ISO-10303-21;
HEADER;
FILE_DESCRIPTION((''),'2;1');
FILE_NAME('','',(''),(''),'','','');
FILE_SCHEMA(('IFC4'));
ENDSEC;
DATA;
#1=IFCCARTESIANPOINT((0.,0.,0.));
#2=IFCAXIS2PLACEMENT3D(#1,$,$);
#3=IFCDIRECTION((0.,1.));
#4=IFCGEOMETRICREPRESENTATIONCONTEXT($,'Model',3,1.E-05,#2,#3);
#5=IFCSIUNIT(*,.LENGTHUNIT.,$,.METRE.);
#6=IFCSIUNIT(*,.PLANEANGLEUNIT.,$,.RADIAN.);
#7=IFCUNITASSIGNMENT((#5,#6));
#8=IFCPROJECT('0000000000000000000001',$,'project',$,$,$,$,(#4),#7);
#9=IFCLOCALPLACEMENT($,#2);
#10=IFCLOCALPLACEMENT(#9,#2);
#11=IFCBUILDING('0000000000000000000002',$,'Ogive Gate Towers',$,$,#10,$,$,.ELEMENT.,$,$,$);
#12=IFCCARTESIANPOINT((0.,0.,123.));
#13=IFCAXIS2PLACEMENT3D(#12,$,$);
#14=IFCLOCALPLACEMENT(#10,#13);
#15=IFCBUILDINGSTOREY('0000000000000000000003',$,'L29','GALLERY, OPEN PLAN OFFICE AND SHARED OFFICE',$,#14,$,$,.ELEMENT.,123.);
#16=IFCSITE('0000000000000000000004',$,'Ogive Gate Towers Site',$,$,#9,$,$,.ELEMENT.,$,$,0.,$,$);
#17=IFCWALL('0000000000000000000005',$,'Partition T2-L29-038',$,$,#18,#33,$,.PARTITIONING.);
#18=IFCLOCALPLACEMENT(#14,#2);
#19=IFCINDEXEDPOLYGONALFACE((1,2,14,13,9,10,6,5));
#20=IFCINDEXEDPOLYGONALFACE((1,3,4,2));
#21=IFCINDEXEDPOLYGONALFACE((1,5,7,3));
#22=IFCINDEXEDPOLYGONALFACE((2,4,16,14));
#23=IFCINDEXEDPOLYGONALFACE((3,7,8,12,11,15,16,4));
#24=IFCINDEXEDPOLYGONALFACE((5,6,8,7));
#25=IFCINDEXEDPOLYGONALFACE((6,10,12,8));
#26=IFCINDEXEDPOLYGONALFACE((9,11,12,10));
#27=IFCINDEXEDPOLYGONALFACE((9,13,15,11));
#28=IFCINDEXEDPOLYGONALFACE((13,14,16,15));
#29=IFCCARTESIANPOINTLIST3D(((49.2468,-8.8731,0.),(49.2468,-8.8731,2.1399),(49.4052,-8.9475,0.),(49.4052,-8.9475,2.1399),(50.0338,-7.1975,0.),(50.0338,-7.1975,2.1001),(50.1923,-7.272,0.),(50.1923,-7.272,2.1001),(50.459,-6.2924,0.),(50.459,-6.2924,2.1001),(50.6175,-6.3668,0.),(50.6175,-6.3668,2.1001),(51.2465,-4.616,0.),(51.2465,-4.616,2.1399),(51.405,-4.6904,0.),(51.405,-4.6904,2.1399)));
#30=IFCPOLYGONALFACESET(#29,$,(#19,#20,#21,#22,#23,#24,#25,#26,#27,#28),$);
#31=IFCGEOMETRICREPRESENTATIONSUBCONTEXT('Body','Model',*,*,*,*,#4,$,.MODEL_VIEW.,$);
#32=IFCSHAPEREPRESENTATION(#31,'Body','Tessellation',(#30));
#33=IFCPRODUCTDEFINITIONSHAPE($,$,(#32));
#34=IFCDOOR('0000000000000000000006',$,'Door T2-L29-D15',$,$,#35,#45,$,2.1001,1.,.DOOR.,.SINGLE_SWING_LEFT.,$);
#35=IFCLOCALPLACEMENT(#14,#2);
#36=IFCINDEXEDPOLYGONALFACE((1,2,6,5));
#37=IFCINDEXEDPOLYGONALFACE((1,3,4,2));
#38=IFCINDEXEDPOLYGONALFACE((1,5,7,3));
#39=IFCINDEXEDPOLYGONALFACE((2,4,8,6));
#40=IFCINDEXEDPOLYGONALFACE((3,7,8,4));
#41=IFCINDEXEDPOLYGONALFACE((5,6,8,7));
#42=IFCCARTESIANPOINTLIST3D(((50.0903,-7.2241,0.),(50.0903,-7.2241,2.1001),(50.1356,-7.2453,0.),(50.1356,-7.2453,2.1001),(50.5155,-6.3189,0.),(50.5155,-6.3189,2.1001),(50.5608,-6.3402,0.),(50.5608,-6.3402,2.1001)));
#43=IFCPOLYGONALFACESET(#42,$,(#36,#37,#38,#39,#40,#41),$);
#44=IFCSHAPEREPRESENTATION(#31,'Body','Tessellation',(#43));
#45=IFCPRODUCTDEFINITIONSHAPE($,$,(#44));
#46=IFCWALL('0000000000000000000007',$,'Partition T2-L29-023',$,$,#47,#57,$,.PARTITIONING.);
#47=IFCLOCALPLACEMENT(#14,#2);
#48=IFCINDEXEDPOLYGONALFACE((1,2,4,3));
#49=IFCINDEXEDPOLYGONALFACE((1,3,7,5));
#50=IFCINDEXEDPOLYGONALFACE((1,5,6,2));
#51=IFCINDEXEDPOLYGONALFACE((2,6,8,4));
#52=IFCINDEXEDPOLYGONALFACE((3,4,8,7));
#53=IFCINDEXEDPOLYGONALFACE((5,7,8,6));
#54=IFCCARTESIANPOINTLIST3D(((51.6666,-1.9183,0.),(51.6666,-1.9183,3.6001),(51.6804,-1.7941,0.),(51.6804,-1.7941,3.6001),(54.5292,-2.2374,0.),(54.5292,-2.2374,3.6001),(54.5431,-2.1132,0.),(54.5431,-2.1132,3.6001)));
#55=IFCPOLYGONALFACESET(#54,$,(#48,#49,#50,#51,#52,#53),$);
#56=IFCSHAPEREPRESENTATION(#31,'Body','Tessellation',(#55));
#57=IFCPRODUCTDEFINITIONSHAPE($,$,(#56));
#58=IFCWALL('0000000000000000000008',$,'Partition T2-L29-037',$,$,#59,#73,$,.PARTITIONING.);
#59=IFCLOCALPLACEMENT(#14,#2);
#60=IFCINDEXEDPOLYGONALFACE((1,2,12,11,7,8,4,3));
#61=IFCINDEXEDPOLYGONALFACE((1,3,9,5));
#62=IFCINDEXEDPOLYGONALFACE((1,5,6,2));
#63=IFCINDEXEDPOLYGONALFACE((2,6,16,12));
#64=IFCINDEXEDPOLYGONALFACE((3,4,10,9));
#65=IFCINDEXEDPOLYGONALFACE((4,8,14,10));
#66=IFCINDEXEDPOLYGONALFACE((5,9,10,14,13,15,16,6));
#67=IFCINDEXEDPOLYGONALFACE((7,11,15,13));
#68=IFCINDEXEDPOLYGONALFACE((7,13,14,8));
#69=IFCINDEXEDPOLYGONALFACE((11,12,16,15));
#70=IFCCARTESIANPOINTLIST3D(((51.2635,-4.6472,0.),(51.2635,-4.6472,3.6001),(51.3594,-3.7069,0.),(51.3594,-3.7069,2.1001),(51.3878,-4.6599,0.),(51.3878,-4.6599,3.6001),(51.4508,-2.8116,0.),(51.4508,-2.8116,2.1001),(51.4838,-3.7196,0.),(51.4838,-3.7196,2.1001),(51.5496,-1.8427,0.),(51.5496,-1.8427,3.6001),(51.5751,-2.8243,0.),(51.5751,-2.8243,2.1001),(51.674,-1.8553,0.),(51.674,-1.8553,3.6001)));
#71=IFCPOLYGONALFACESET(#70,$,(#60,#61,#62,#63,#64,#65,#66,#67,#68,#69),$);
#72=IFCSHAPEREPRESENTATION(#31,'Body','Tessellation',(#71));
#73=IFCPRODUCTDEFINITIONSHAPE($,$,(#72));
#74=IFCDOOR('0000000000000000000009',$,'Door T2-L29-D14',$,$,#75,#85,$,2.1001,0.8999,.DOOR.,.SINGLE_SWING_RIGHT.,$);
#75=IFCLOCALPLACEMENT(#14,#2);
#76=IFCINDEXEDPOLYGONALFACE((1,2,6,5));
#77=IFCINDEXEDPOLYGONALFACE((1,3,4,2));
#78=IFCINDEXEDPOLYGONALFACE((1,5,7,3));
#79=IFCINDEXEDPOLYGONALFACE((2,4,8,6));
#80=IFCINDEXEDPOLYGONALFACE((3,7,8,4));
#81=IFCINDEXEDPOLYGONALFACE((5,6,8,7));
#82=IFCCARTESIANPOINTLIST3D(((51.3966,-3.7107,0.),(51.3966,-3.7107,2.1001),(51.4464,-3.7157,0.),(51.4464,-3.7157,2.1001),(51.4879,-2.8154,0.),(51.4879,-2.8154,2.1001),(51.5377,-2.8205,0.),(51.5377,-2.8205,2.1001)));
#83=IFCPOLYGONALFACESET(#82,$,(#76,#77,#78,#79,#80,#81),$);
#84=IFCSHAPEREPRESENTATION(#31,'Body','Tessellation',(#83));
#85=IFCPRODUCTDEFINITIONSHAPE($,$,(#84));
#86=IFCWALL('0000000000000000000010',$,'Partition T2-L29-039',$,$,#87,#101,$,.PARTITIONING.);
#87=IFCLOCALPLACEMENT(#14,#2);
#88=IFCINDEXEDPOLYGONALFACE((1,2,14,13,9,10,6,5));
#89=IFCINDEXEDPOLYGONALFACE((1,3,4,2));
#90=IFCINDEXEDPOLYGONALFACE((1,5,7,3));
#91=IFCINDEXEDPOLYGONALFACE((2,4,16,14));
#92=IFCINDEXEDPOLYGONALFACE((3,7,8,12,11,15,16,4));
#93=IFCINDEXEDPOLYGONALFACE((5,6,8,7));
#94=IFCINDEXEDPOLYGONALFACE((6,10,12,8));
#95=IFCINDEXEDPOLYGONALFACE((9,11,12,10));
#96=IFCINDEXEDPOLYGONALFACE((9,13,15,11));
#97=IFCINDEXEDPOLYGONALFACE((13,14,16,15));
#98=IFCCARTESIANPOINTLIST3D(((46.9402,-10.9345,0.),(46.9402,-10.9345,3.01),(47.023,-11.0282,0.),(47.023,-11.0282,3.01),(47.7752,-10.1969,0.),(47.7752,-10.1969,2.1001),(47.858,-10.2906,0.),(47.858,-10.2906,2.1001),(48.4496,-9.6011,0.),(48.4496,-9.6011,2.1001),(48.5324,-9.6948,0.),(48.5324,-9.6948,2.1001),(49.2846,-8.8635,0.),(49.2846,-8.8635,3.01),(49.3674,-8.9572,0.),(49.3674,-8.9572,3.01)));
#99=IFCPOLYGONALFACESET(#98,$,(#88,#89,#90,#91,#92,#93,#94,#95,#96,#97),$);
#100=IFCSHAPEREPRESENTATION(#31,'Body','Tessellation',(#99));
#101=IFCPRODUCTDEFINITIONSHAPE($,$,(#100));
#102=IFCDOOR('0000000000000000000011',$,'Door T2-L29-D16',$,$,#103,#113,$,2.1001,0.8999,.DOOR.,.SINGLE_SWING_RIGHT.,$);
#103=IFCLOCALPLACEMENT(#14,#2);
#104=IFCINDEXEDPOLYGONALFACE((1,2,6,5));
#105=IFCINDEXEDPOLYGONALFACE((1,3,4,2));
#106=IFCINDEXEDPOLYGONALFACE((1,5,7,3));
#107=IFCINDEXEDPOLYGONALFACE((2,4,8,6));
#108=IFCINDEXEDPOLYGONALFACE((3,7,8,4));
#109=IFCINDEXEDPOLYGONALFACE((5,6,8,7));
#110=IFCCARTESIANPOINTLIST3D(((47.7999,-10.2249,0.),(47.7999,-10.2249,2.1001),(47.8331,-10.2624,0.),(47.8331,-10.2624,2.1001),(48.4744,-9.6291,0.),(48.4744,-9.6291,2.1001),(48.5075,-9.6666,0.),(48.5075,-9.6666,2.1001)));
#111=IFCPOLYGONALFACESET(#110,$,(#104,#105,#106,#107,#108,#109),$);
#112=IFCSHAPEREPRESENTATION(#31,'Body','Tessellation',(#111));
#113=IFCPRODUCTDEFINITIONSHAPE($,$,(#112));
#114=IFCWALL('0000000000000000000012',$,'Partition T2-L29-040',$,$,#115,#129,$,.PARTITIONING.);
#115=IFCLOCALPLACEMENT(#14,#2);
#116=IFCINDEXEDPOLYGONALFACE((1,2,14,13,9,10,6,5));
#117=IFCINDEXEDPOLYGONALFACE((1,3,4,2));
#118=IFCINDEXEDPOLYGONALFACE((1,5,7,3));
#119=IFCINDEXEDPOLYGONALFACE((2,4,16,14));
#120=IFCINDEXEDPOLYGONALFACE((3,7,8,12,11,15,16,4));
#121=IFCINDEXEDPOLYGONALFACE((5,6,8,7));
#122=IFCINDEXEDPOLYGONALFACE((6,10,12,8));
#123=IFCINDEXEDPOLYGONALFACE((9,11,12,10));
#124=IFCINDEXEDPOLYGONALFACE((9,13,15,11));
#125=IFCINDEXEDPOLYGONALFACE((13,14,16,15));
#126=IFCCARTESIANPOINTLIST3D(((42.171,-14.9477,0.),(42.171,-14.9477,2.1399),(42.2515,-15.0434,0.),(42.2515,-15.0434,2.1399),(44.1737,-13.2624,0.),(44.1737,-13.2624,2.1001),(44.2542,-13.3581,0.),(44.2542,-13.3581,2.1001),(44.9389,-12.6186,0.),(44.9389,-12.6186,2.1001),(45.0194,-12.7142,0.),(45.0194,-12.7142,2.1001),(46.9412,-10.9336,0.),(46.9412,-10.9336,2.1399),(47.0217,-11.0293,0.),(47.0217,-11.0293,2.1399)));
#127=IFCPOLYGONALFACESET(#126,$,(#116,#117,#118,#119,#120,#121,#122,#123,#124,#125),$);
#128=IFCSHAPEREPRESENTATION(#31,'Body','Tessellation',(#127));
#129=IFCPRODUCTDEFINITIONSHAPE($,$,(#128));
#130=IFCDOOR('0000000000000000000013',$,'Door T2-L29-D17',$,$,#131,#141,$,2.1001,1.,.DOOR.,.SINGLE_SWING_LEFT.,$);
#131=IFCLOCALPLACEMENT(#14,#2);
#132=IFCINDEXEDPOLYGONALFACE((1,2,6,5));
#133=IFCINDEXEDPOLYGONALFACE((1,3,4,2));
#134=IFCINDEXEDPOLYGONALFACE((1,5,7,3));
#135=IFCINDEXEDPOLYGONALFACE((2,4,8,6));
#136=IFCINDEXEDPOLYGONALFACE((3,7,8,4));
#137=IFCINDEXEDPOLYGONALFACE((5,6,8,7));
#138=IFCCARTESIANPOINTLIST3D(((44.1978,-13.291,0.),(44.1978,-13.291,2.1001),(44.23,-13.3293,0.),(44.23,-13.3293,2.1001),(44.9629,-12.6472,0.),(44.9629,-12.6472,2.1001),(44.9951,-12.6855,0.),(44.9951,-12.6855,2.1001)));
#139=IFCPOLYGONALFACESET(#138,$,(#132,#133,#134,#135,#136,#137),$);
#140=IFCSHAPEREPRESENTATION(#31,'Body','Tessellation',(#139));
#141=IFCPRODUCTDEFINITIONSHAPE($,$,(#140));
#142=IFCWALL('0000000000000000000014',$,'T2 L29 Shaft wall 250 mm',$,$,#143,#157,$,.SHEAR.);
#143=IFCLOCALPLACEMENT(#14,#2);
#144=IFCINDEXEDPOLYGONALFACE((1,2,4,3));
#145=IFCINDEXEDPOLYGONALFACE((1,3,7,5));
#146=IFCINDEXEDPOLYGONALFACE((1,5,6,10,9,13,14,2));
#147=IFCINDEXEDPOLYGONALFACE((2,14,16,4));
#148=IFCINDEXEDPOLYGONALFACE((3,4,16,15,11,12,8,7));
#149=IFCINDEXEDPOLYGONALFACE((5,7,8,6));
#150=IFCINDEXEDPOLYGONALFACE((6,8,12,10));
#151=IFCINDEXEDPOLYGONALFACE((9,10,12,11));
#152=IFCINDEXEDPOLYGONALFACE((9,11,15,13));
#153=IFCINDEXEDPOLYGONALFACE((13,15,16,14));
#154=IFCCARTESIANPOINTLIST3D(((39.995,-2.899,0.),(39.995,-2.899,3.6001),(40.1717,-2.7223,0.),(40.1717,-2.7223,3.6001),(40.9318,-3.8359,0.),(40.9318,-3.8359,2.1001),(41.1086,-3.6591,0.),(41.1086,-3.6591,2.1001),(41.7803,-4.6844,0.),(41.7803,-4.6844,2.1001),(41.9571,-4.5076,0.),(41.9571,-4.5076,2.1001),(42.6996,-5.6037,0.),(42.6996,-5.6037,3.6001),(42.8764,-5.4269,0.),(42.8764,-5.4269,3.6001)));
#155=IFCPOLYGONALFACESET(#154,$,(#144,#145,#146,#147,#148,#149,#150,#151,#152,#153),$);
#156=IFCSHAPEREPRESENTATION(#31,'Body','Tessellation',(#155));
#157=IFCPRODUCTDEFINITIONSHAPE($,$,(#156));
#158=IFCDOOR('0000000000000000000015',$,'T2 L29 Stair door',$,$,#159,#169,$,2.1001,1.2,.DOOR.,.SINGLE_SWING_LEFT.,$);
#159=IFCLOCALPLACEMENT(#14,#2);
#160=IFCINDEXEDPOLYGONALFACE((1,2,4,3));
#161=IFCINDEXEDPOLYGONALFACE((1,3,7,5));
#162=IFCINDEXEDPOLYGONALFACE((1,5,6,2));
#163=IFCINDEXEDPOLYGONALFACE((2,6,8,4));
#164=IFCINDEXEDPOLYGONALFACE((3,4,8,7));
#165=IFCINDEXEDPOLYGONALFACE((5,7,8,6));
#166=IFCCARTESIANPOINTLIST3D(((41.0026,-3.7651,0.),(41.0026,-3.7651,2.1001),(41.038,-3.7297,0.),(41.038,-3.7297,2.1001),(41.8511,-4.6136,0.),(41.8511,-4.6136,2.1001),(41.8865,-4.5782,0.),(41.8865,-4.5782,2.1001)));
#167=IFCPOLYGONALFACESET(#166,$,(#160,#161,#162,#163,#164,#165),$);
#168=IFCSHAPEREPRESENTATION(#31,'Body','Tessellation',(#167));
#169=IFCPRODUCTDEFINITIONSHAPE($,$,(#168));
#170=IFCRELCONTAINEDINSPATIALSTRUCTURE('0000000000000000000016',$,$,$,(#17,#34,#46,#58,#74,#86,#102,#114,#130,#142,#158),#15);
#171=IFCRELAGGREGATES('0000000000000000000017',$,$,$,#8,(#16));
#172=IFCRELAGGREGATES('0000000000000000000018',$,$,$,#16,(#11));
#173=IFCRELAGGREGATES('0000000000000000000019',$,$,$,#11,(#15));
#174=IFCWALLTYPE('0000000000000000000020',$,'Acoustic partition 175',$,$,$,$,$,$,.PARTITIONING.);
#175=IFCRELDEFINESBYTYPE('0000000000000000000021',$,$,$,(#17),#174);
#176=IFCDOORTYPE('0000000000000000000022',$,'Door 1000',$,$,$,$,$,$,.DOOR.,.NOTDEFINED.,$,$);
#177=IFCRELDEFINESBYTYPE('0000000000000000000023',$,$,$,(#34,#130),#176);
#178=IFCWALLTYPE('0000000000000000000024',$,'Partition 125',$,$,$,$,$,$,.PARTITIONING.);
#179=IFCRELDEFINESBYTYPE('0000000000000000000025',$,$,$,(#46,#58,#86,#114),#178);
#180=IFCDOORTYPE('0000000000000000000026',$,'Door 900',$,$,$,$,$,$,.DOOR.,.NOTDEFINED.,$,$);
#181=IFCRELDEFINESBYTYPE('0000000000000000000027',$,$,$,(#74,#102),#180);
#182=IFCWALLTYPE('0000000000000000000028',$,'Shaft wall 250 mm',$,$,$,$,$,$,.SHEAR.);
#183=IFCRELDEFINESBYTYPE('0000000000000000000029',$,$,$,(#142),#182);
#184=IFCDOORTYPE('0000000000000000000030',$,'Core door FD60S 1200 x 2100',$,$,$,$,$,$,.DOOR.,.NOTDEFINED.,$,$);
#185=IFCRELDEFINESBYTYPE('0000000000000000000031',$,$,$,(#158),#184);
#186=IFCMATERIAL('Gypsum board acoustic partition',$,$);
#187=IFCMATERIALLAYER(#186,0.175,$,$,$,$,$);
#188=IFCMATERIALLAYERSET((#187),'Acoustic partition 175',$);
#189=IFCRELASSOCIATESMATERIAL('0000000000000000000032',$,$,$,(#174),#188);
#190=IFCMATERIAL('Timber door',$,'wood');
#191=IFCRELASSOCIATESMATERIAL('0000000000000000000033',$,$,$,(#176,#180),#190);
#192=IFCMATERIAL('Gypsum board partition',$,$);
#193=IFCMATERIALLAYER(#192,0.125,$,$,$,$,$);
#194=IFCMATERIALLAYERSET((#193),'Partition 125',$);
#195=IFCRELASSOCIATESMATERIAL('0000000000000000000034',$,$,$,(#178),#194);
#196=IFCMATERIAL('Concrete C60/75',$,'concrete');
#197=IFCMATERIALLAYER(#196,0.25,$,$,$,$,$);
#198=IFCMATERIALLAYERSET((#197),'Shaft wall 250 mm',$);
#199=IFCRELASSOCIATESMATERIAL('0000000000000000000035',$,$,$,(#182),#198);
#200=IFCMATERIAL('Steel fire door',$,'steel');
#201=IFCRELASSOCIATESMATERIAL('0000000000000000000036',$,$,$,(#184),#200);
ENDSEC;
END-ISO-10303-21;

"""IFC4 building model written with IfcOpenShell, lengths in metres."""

from ifc_helpers import new_model, si_unit, direction, frame, frame_2d, origin, place, context, subcontext, project, spatial, rectangle, extrude, material, layer, layer_set, type_object, element, fill, save


model = new_model("IFC4")

# Units and contexts
model_context = context("Model", 3, precision=1e-05, world=origin(), true_north=direction((0.0, 1.0)))
body_context = subcontext(model_context, "Body", "Model", "MODEL_VIEW")
ifc_project = project(units=[si_unit("LENGTHUNIT", "METRE"), si_unit("PLANEANGLEUNIT", "RADIAN")], contexts=[model_context])

# Site, building, storey
site_placement = place(None, origin())
site = spatial("IfcSite", under=ifc_project, at=site_placement, Name="Ogive Gate Towers Site", CompositionType="ELEMENT", RefElevation=0.0)
building_placement = place(site_placement, origin())
building = spatial("IfcBuilding", under=site, at=building_placement, Name="Ogive Gate Towers", CompositionType="ELEMENT")
storey_placement = place(building_placement, frame((0.0, 0.0, 123.0)))
storey = spatial("IfcBuildingStorey", under=building, at=storey_placement, Name="L29", Description="GALLERY, OPEN PLAN OFFICE AND SHARED OFFICE", CompositionType="ELEMENT", Elevation=123.0)

# Wall, opening, door
ifc_material_1 = material(Name="Gypsum board acoustic partition")
ifc_layer_1 = layer(ifc_material_1, 0.175)
ifc_layer_set_1 = layer_set([ifc_layer_1], Name="Acoustic partition 175")
wall_type_1 = type_object("IfcWallType", Name="Acoustic partition 175", PredefinedType="PARTITIONING", material=ifc_layer_set_1)
wall_1_placement = place(storey_placement, frame((51.3257, -4.6533, 0.0), z_axis=(0.0, 0.0, 1.0), x_axis=(-0.425174, -0.905111, 0.0)))
wall_1 = element("IfcWall", 1, at=wall_1_placement, inside=storey, type_object=wall_type_1, Name="Partition T2-L29-038", PredefinedType="PARTITIONING", context=body_context, shape_type="SweptSolid", body=[
    extrude(rectangle(XDim=4.7034, YDim=0.175, at=frame_2d((2.3516, 0.0))), origin(), (0.0, 0.0, 1.0), 2.1399),
])
opening_1_placement = place(wall_1_placement, frame((1.8521, 0.0, 0.0)))
opening_1 = element("IfcOpeningElement", 2, at=opening_1_placement, cuts=wall_1, PredefinedType="OPENING", context=body_context, shape_type="SweptSolid", body=[
    extrude(rectangle(XDim=1.0, YDim=2.1001, at=frame_2d((0.5, 1.05))), frame((0.0, 0.0977, 0.0), z_axis=(0.0, -1.0, 0.0), x_axis=(1.0, 0.0, 0.0)), (0.0, 0.0, 1.0), 0.1951),
])
ifc_material_2 = material(Name="Timber door", Category="wood")
door_type_1 = type_object("IfcDoorType", Name="Door 1000", OperationType="NOTDEFINED", PredefinedType="DOOR", material=ifc_material_2)
door_1_placement = place(opening_1_placement, origin())
door_1 = element("IfcDoor", 3, at=door_1_placement, inside=storey, type_object=door_type_1, Name="Door T2-L29-D15", OperationType="SINGLE_SWING_LEFT", OverallHeight=2.1001, OverallWidth=1.0, PredefinedType="DOOR", context=body_context, shape_type="SweptSolid", body=[
    extrude(rectangle(XDim=1.0, YDim=2.1001, at=frame_2d((0.5, 1.05))), frame((0.0, 0.0249, 0.0), z_axis=(0.0, -1.0, 0.0), x_axis=(1.0, 0.0, 0.0)), (0.0, 0.0, 1.0), 0.05),
])
fill(opening_1, door_1)

# Wall
ifc_material_3 = material(Name="Gypsum board partition")
ifc_layer_2 = layer(ifc_material_3, 0.125)
ifc_layer_set_2 = layer_set([ifc_layer_2], Name="Partition 125")
wall_type_2 = type_object("IfcWallType", Name="Partition 125", PredefinedType="PARTITIONING", material=ifc_layer_set_2)
wall_2_placement = place(storey_placement, frame((54.5361, -2.1753, 0.0), z_axis=(0.0, 0.0, 1.0), x_axis=(-0.993844, 0.110785, 0.0)))
element("IfcWall", 4, at=wall_2_placement, inside=storey, type_object=wall_type_2, Name="Partition T2-L29-023", PredefinedType="PARTITIONING", context=body_context, shape_type="SweptSolid", body=[
    extrude(rectangle(XDim=2.8804, YDim=0.125, at=frame_2d((1.4402, 0.0))), origin(), (0.0, 0.0, 1.0), 3.6001),
])

# Walls, openings, doors
wall_3_placement = place(storey_placement, frame((51.6118, -1.8489, 0.0), z_axis=(0.0, 0.0, 1.0), x_axis=(-0.101501, -0.994835, 0.0)))
wall_3 = element("IfcWall", 5, at=wall_3_placement, inside=storey, type_object=wall_type_2, Name="Partition T2-L29-037", PredefinedType="PARTITIONING", context=body_context, shape_type="SweptSolid", body=[
    extrude(rectangle(XDim=2.8191, YDim=0.125, at=frame_2d((1.4097, 0.0))), origin(), (0.0, 0.0, 1.0), 3.6001),
])
opening_2_placement = place(wall_3_placement, frame((0.9741, 0.0, 0.0)))
opening_2 = element("IfcOpeningElement", 6, at=opening_2_placement, cuts=wall_3, PredefinedType="OPENING", context=body_context, shape_type="SweptSolid", body=[
    extrude(rectangle(XDim=0.8999, YDim=2.1001, at=frame_2d((0.45, 1.05))), frame((0.0, 0.0725, 0.0), z_axis=(0.0, -1.0, 0.0), x_axis=(1.0, 0.0, 0.0)), (0.0, 0.0, 1.0), 0.145),
])
door_type_2 = type_object("IfcDoorType", Name="Door 900", OperationType="NOTDEFINED", PredefinedType="DOOR", material=ifc_material_2)
door_2_placement = place(opening_2_placement, origin())
door_2 = element("IfcDoor", 7, at=door_2_placement, inside=storey, type_object=door_type_2, Name="Door T2-L29-D14", OperationType="SINGLE_SWING_RIGHT", OverallHeight=2.1001, OverallWidth=0.8999, PredefinedType="DOOR", context=body_context, shape_type="SweptSolid", body=[
    extrude(rectangle(XDim=0.8999, YDim=2.1001, at=frame_2d((0.45, 1.05))), frame((0.0, 0.0249, 0.0), z_axis=(0.0, -1.0, 0.0), x_axis=(1.0, 0.0, 0.0)), (0.0, 0.0, 1.0), 0.05),
])
fill(opening_2, door_2)
wall_4_placement = place(storey_placement, frame((49.3259, -8.9104, 0.0), z_axis=(0.0, 0.0, 1.0), x_axis=(-0.74946, -0.66205, 0.0)))
wall_4 = element("IfcWall", 8, at=wall_4_placement, inside=storey, type_object=wall_type_2, Name="Partition T2-L29-039", PredefinedType="PARTITIONING", context=body_context, shape_type="SweptSolid", body=[
    extrude(rectangle(XDim=3.1282, YDim=0.125, at=frame_2d((1.564, 0.0))), origin(), (0.0, 0.0, 1.0), 3.01),
])
opening_3_placement = place(wall_4_placement, frame((1.114, 0.0, 0.0)))
opening_3 = element("IfcOpeningElement", 9, at=opening_3_placement, cuts=wall_4, PredefinedType="OPENING", context=body_context, shape_type="SweptSolid", body=[
    extrude(rectangle(XDim=0.8999, YDim=2.1001, at=frame_2d((0.45, 1.05))), frame((0.0, 0.0725, 0.0), z_axis=(0.0, -1.0, 0.0), x_axis=(1.0, 0.0, 0.0)), (0.0, 0.0, 1.0), 0.145),
])
door_3_placement = place(opening_3_placement, origin())
door_3 = element("IfcDoor", 10, at=door_3_placement, inside=storey, type_object=door_type_2, Name="Door T2-L29-D16", OperationType="SINGLE_SWING_RIGHT", OverallHeight=2.1001, OverallWidth=0.8999, PredefinedType="DOOR", context=body_context, shape_type="SweptSolid", body=[
    extrude(rectangle(XDim=0.8999, YDim=2.1001, at=frame_2d((0.45, 1.05))), frame((0.0, 0.0249, 0.0), z_axis=(0.0, -1.0, 0.0), x_axis=(1.0, 0.0, 0.0)), (0.0, 0.0, 1.0), 0.05),
])
fill(opening_3, door_3)
wall_5_placement = place(storey_placement, frame((46.9814, -10.9814, 0.0), z_axis=(0.0, 0.0, 1.0), x_axis=(-0.765141, -0.643863, 0.0)))
wall_5 = element("IfcWall", 11, at=wall_5_placement, inside=storey, type_object=wall_type_2, Name="Partition T2-L29-040", PredefinedType="PARTITIONING", context=body_context, shape_type="SweptSolid", body=[
    extrude(rectangle(XDim=6.2344, YDim=0.125, at=frame_2d((3.1172, 0.0))), origin(), (0.0, 0.0, 1.0), 2.1399),
])
opening_4_placement = place(wall_5_placement, frame((2.6169, 0.0, 0.0)))
opening_4 = element("IfcOpeningElement", 12, at=opening_4_placement, cuts=wall_5, PredefinedType="OPENING", context=body_context, shape_type="SweptSolid", body=[
    extrude(rectangle(XDim=1.0, YDim=2.1001, at=frame_2d((0.5, 1.05))), frame((0.0, 0.0725, 0.0), z_axis=(0.0, -1.0, 0.0), x_axis=(1.0, 0.0, 0.0)), (0.0, 0.0, 1.0), 0.145),
])
door_4_placement = place(opening_4_placement, origin())
door_4 = element("IfcDoor", 13, at=door_4_placement, inside=storey, type_object=door_type_1, Name="Door T2-L29-D17", OperationType="SINGLE_SWING_LEFT", OverallHeight=2.1001, OverallWidth=1.0, PredefinedType="DOOR", context=body_context, shape_type="SweptSolid", body=[
    extrude(rectangle(XDim=1.0, YDim=2.1001, at=frame_2d((0.5, 1.05))), frame((0.0, 0.0249, 0.0), z_axis=(0.0, -1.0, 0.0), x_axis=(1.0, 0.0, 0.0)), (0.0, 0.0, 1.0), 0.05),
])
fill(opening_4, door_4)
ifc_material_4 = material(Name="Concrete C60/75", Category="concrete")
ifc_layer_3 = layer(ifc_material_4, 0.25)
ifc_layer_set_3 = layer_set([ifc_layer_3], Name="Shaft wall 250 mm")
wall_type_3 = type_object("IfcWallType", Name="Shaft wall 250 mm", PredefinedType="SHEAR", material=ifc_layer_set_3)
wall_6_placement = place(storey_placement, frame((42.7881, -5.5154, 0.0), z_axis=(0.0, 0.0, 1.0), x_axis=(-0.707107, 0.707107, 0.0)))
wall_6 = element("IfcWall", 14, at=wall_6_placement, inside=storey, type_object=wall_type_3, Name="T2 L29 Shaft wall 250 mm", PredefinedType="SHEAR", context=body_context, shape_type="SweptSolid", body=[
    extrude(rectangle(XDim=3.825, YDim=0.25, at=frame_2d((1.9126, 0.0))), origin(), (0.0, 0.0, 1.0), 3.6001),
])
opening_5_placement = place(wall_6_placement, frame((1.3, 0.0, 0.0)))
opening_5 = element("IfcOpeningElement", 15, at=opening_5_placement, cuts=wall_6, PredefinedType="OPENING", context=body_context, shape_type="SweptSolid", body=[
    extrude(rectangle(XDim=1.2, YDim=2.1001, at=frame_2d((0.6001, 1.05))), frame((0.0, 0.135, 0.0), z_axis=(0.0, -1.0, 0.0), x_axis=(1.0, 0.0, 0.0)), (0.0, 0.0, 1.0), 0.27),
])
ifc_material_5 = material(Name="Steel fire door", Category="steel")
door_type_3 = type_object("IfcDoorType", Name="Core door FD60S 1200 x 2100", OperationType="NOTDEFINED", PredefinedType="DOOR", material=ifc_material_5)
door_5_placement = place(opening_5_placement, origin())
door_5 = element("IfcDoor", 16, at=door_5_placement, inside=storey, type_object=door_type_3, Name="T2 L29 Stair door", OperationType="SINGLE_SWING_LEFT", OverallHeight=2.1001, OverallWidth=1.2, PredefinedType="DOOR", context=body_context, shape_type="SweptSolid", body=[
    extrude(rectangle(XDim=1.2, YDim=2.1001, at=frame_2d((0.6001, 1.05))), frame((0.0, 0.0249, 0.0), z_axis=(0.0, -1.0, 0.0), x_axis=(1.0, 0.0, 0.0)), (0.0, 0.0, 1.0), 0.05),
])
fill(opening_5, door_5)

save(model, "model.ifc")
